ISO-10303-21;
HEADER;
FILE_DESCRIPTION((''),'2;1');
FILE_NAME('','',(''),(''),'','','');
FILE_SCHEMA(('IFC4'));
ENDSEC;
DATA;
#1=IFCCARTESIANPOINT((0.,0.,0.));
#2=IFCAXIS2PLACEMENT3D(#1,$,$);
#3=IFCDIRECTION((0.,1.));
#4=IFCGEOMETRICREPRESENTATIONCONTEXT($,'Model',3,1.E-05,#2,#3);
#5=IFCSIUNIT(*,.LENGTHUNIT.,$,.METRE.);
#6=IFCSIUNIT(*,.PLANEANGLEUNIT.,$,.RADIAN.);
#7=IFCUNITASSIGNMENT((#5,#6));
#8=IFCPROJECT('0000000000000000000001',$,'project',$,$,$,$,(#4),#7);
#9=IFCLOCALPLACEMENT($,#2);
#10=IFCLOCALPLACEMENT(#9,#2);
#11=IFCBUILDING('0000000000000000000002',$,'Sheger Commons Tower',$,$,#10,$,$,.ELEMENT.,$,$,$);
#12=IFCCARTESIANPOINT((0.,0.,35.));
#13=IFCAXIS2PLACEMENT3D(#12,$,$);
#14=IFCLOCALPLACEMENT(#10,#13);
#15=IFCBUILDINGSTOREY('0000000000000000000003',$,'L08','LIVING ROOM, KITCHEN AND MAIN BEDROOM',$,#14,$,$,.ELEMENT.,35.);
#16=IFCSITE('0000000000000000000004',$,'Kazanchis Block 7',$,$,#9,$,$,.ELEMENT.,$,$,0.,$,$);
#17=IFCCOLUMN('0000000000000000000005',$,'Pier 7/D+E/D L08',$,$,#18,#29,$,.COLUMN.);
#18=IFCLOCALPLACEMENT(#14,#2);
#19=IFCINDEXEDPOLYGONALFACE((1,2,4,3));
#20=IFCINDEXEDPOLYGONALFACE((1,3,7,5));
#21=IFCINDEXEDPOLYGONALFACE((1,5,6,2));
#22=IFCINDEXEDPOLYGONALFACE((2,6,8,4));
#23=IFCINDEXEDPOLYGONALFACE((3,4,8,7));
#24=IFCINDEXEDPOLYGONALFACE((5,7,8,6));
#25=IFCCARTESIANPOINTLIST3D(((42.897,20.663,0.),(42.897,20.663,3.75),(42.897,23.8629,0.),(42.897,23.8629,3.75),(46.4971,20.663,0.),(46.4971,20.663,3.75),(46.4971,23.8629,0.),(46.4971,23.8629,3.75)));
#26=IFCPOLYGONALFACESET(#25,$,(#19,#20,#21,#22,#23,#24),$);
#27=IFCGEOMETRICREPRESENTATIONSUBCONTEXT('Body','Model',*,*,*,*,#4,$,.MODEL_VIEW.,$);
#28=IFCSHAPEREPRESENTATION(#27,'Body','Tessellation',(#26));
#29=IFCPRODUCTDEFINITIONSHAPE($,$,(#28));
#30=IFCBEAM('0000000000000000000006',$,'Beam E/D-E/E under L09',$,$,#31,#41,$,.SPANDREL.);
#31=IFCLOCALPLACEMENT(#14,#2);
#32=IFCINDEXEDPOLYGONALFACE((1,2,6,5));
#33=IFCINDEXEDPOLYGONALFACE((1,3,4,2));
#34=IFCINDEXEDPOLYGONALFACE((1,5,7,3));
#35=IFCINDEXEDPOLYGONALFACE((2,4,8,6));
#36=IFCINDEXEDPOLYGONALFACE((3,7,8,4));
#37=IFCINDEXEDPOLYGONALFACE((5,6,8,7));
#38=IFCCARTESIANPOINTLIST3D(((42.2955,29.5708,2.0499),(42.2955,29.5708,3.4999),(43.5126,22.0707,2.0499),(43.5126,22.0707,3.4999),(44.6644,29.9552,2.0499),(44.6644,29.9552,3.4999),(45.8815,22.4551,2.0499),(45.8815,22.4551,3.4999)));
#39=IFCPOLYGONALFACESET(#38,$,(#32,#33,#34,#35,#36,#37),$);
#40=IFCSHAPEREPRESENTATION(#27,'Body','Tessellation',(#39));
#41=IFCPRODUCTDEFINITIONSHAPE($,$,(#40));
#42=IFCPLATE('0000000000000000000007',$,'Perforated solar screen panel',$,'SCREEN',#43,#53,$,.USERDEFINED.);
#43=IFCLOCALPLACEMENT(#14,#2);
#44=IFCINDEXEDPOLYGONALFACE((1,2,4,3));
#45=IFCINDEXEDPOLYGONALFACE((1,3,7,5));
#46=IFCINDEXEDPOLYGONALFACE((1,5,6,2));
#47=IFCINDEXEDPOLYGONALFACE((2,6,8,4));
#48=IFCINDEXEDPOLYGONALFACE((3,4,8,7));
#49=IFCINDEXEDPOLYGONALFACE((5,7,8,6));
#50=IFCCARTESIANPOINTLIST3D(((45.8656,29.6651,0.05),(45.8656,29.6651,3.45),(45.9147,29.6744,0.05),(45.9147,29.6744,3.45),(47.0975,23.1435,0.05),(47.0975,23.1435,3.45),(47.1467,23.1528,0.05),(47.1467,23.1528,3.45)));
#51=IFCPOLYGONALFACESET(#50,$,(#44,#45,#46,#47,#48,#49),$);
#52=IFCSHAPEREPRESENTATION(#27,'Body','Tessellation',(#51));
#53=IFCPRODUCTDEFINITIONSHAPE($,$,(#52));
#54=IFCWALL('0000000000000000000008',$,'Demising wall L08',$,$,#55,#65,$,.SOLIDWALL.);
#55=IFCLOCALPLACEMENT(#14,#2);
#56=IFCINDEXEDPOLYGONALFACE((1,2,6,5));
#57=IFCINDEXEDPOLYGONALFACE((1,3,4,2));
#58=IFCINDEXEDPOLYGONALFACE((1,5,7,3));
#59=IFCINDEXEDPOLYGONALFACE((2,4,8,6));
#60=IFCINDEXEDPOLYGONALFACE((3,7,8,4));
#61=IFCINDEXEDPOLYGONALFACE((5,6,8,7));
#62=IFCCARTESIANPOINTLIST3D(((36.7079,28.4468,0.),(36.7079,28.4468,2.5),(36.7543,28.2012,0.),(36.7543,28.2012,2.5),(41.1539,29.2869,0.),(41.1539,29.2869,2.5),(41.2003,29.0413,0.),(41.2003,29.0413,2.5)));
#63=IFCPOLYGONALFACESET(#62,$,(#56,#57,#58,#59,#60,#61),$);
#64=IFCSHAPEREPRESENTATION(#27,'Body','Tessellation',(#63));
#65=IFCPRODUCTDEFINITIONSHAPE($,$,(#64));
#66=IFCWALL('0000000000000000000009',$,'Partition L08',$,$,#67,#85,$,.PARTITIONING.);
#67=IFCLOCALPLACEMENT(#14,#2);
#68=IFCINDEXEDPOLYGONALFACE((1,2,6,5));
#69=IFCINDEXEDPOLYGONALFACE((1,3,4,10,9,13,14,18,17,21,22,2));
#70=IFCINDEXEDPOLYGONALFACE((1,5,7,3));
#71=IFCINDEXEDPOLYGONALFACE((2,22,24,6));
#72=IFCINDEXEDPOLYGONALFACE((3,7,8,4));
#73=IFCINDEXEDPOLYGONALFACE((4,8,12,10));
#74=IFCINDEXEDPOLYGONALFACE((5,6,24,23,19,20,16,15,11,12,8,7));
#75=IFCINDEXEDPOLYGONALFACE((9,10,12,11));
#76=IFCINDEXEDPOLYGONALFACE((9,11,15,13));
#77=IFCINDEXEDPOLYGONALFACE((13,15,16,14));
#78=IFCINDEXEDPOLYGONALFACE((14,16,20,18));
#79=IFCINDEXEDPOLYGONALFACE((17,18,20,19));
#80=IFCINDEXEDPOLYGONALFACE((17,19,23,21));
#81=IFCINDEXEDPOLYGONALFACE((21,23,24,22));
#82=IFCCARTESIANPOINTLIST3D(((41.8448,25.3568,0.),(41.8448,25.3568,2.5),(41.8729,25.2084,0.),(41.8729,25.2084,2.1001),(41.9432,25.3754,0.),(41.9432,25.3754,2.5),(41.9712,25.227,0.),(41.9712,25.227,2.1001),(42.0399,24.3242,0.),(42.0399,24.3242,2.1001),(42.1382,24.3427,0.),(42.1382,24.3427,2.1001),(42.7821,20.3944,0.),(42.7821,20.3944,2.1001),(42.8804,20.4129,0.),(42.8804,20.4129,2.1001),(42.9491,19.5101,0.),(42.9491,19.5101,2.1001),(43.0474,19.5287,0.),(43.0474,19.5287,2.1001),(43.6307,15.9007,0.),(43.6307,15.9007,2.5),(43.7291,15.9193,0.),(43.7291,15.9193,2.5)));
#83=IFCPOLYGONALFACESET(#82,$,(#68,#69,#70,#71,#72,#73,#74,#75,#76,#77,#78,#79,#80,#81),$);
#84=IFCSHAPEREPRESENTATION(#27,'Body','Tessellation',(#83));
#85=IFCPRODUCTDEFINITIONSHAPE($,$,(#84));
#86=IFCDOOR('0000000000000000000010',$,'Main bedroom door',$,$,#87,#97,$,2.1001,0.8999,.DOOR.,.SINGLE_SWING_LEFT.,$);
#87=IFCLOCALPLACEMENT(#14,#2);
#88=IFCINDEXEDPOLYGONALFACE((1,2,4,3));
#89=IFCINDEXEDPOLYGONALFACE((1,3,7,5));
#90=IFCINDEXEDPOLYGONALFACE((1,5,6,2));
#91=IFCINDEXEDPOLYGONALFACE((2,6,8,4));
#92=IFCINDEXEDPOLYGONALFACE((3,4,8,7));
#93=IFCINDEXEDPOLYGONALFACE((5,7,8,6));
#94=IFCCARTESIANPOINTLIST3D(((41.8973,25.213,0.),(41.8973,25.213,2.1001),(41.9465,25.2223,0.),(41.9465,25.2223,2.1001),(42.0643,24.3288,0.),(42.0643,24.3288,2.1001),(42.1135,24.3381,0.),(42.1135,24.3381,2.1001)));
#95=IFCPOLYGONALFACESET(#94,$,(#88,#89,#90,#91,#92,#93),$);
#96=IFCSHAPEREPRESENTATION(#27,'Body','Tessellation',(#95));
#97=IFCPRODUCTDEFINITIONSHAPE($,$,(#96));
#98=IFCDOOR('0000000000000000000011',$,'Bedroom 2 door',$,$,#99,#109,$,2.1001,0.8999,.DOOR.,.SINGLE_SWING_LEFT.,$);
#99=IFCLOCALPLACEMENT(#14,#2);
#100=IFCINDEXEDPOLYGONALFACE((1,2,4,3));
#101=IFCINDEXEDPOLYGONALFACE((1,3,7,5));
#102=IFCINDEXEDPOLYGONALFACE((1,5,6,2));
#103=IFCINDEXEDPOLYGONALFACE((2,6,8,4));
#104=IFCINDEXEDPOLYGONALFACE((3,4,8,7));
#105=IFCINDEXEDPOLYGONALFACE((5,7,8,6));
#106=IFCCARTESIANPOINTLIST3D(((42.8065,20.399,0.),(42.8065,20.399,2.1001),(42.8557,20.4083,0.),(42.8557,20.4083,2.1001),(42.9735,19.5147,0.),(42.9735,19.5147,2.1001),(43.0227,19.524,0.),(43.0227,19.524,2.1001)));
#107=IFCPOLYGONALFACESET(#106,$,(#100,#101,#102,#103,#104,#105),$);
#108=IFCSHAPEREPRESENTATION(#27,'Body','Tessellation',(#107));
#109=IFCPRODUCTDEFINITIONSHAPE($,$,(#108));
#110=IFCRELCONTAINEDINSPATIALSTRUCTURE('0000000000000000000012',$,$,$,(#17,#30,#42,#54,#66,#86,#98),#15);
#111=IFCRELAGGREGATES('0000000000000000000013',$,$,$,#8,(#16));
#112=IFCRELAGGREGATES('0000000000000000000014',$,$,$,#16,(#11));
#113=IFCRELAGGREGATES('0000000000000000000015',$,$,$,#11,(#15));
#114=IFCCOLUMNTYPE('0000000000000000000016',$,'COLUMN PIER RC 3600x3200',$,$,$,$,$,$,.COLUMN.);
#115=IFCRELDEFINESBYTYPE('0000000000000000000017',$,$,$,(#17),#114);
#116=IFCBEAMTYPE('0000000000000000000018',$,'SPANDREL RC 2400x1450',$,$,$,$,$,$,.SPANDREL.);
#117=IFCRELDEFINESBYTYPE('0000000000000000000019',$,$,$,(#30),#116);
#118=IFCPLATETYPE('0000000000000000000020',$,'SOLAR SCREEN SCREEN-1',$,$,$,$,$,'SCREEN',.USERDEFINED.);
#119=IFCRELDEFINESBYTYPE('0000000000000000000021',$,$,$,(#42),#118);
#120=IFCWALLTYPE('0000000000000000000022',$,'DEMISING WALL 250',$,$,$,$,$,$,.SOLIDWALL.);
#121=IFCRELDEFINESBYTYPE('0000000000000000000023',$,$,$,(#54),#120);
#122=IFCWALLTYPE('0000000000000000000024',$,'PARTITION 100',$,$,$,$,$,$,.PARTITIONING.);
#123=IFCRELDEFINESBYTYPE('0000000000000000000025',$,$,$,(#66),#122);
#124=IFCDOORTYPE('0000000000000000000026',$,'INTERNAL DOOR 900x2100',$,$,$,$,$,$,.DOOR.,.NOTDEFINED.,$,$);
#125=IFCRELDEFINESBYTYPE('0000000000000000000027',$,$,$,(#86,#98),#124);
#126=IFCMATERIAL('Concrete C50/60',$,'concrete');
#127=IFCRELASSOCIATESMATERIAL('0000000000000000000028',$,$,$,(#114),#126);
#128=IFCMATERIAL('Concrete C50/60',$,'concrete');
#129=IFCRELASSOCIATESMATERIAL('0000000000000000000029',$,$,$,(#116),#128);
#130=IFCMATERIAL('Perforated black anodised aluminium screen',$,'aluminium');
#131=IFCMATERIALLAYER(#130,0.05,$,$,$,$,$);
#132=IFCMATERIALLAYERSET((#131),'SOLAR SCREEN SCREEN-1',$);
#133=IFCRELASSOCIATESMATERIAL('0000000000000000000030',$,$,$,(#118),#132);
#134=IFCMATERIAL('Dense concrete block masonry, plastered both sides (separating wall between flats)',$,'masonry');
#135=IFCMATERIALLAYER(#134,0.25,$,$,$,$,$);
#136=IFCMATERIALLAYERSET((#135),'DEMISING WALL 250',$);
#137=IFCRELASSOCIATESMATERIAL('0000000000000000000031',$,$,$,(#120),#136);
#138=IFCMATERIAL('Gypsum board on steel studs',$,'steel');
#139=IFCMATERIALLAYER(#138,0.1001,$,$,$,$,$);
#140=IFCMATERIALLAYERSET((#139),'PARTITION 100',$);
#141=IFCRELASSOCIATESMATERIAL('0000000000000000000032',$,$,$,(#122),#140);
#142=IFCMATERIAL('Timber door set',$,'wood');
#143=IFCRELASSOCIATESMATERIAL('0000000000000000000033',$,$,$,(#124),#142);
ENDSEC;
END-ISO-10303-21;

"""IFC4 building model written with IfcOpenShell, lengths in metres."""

from ifc_helpers import new_model, si_unit, direction, frame, frame_2d, origin, origin_2d, place, context, subcontext, project, spatial, rectangle, extrude, material, layer, layer_set, material_profile, profile_set, type_object, element, fill, save


model = new_model("IFC4")

# Units and contexts
model_context = context("Model", 3, precision=1e-05, world=origin(), true_north=direction((0.0, 1.0)))
body_context = subcontext(model_context, "Body", "Model", "MODEL_VIEW")
ifc_project = project(units=[si_unit("LENGTHUNIT", "METRE"), si_unit("PLANEANGLEUNIT", "RADIAN")], contexts=[model_context])

# Site, building, storey
site_placement = place(None, origin())
site = spatial("IfcSite", under=ifc_project, at=site_placement, Name="Kazanchis Block 7", CompositionType="ELEMENT", RefElevation=0.0)
building_placement = place(site_placement, origin())
building = spatial("IfcBuilding", under=site, at=building_placement, Name="Sheger Commons Tower", CompositionType="ELEMENT")
storey_placement = place(building_placement, frame((0.0, 0.0, 35.0)))
storey = spatial("IfcBuildingStorey", under=building, at=storey_placement, Name="L08", Description="LIVING ROOM, KITCHEN AND MAIN BEDROOM", CompositionType="ELEMENT", Elevation=35.0)

# Column
ifc_material_1 = material(Name="Concrete C50/60", Category="concrete")
ifc_material_profile_1 = material_profile(ifc_material_1, rectangle(XDim=3.6001, YDim=3.2, at=origin_2d()), Name="RC 3600x3200")
ifc_profile_set_1 = profile_set([ifc_material_profile_1], Name="Concrete C50/60")
column_type = type_object("IfcColumnType", Name="COLUMN PIER RC 3600x3200", PredefinedType="COLUMN", material=ifc_profile_set_1)
column_placement = place(storey_placement, frame((44.697, 22.2629, 0.0), z_axis=(0.0, 0.0, 1.0), x_axis=(1.0, 0.0, 0.0)))
element("IfcColumn", 1, at=column_placement, inside=storey, type_object=column_type, Name="Pier 7/D+E/D L08", PredefinedType="COLUMN", context=body_context, shape_type="SweptSolid", body=[
    extrude(rectangle(XDim=3.6001, YDim=3.2, at=origin_2d()), origin(), (0.0, 0.0, 1.0), 3.75),
])

# Beam
ifc_material_2 = material(Name="Concrete C50/60", Category="concrete")
ifc_material_profile_2 = material_profile(ifc_material_2, rectangle(XDim=2.3999, YDim=1.45, at=origin_2d()), Name="RC 2400x1450")
ifc_profile_set_2 = profile_set([ifc_material_profile_2], Name="Concrete C50/60")
beam_type = type_object("IfcBeamType", Name="SPANDREL RC 2400x1450", PredefinedType="SPANDREL", material=ifc_profile_set_2)
beam_placement = place(storey_placement, frame((44.697, 22.2629, 2.7749), z_axis=(-0.160177, 0.987088, 0.0), x_axis=(-0.987088, -0.160177, 0.0)))
element("IfcBeam", 2, at=beam_placement, inside=storey, type_object=beam_type, Name="Beam E/D-E/E under L09", PredefinedType="SPANDREL", context=body_context, shape_type="SweptSolid", body=[
    extrude(rectangle(XDim=2.3999, YDim=1.45, at=origin_2d()), origin(), (0.0, 0.0, 1.0), 7.5981),
])

# Plate
ifc_material_3 = material(Name="Perforated black anodised aluminium screen", Category="aluminium")
ifc_layer_1 = layer(ifc_material_3, 0.05)
ifc_layer_set_1 = layer_set([ifc_layer_1], Name="SOLAR SCREEN SCREEN-1")
plate_type = type_object("IfcPlateType", Name="SOLAR SCREEN SCREEN-1", ElementType="SCREEN", PredefinedType="USERDEFINED", material=ifc_layer_set_1)
plate_placement = place(storey_placement, frame((46.5061, 26.4089, 0.05), z_axis=(0.0, 0.0, 1.0), x_axis=(-0.185615, 0.982623, 0.0)))
element("IfcPlate", 3, at=plate_placement, inside=storey, type_object=plate_type, Name="Perforated solar screen panel", ObjectType="SCREEN", PredefinedType="USERDEFINED", context=body_context, shape_type="SweptSolid", body=[
    extrude(rectangle(XDim=6.637, YDim=0.05, at=origin_2d()), origin(), (0.0, 0.0, 1.0), 3.3999),
])

# Wall
ifc_material_4 = material(Name="Dense concrete block masonry, plastered both sides (separating wall between flats)", Category="masonry")
ifc_layer_2 = layer(ifc_material_4, 0.25)
ifc_layer_set_2 = layer_set([ifc_layer_2], Name="DEMISING WALL 250")
wall_type_1 = type_object("IfcWallType", Name="DEMISING WALL 250", PredefinedType="SOLIDWALL", material=ifc_layer_set_2)
wall_1_placement = place(storey_placement, frame((41.177, 29.1641, 0.0), z_axis=(0.0, 0.0, 1.0), x_axis=(-0.982613, -0.185666, 0.0)))
element("IfcWall", 4, at=wall_1_placement, inside=storey, type_object=wall_type_1, Name="Demising wall L08", PredefinedType="SOLIDWALL", context=body_context, shape_type="SweptSolid", body=[
    extrude(rectangle(XDim=4.5247, YDim=0.25, at=frame_2d((2.2622, 0.0))), origin(), (0.0, 0.0, 1.0), 2.5),
])

# Wall, openings, doors
ifc_material_5 = material(Name="Gypsum board on steel studs", Category="steel")
ifc_layer_3 = layer(ifc_material_5, 0.1001)
ifc_layer_set_3 = layer_set([ifc_layer_3], Name="PARTITION 100")
wall_type_2 = type_object("IfcWallType", Name="PARTITION 100", PredefinedType="PARTITIONING", material=ifc_layer_set_3)
wall_2_placement = place(storey_placement, frame((41.894, 25.366, 0.0), z_axis=(0.0, 0.0, 1.0), x_axis=(0.185581, -0.982629, 0.0)))
wall_2 = element("IfcWall", 5, at=wall_2_placement, inside=storey, type_object=wall_type_2, Name="Partition L08", PredefinedType="PARTITIONING", context=body_context, shape_type="SweptSolid", body=[
    extrude(rectangle(XDim=9.6233, YDim=0.1001, at=frame_2d((4.8115, 0.0))), origin(), (0.0, 0.0, 1.0), 2.5),
])
opening_1_placement = place(wall_2_placement, frame((0.1509, 0.0, 0.0)))
opening_1 = element("IfcOpeningElement", 6, at=opening_1_placement, cuts=wall_2, PredefinedType="OPENING", context=body_context, shape_type="SweptSolid", body=[
    extrude(rectangle(XDim=0.8999, YDim=2.1001, at=frame_2d((0.45, 1.05))), frame((0.0, 0.0601, 0.0), z_axis=(0.0, -1.0, 0.0), x_axis=(1.0, 0.0, 0.0)), (0.0, 0.0, 1.0), 0.1201),
])
opening_2_placement = place(wall_2_placement, frame((5.05, 0.0, 0.0)))
opening_2 = element("IfcOpeningElement", 7, at=opening_2_placement, cuts=wall_2, PredefinedType="OPENING", context=body_context, shape_type="SweptSolid", body=[
    extrude(rectangle(XDim=0.8999, YDim=2.1001, at=frame_2d((0.45, 1.05))), frame((0.0, 0.0601, 0.0), z_axis=(0.0, -1.0, 0.0), x_axis=(1.0, 0.0, 0.0)), (0.0, 0.0, 1.0), 0.1201),
])
ifc_material_6 = material(Name="Timber door set", Category="wood")
door_type = type_object("IfcDoorType", Name="INTERNAL DOOR 900x2100", OperationType="NOTDEFINED", PredefinedType="DOOR", material=ifc_material_6)
door_1_placement = place(opening_1_placement, origin())
door_1 = element("IfcDoor", 8, at=door_1_placement, inside=storey, type_object=door_type, Name="Main bedroom door", OperationType="SINGLE_SWING_LEFT", OverallHeight=2.1001, OverallWidth=0.8999, PredefinedType="DOOR", context=body_context, shape_type="SweptSolid", body=[
    extrude(rectangle(XDim=0.8999, YDim=2.1001, at=frame_2d((0.45, 1.05))), frame((0.0, 0.0249, 0.0), z_axis=(0.0, -1.0, 0.0), x_axis=(1.0, 0.0, 0.0)), (0.0, 0.0, 1.0), 0.05),
])
fill(opening_1, door_1)
door_2_placement = place(opening_2_placement, origin())
door_2 = element("IfcDoor", 9, at=door_2_placement, inside=storey, type_object=door_type, Name="Bedroom 2 door", OperationType="SINGLE_SWING_LEFT", OverallHeight=2.1001, OverallWidth=0.8999, PredefinedType="DOOR", context=body_context, shape_type="SweptSolid", body=[
    extrude(rectangle(XDim=0.8999, YDim=2.1001, at=frame_2d((0.45, 1.05))), frame((0.0, 0.0249, 0.0), z_axis=(0.0, -1.0, 0.0), x_axis=(1.0, 0.0, 0.0)), (0.0, 0.0, 1.0), 0.05),
])
fill(opening_2, door_2)

save(model, "model.ifc")
